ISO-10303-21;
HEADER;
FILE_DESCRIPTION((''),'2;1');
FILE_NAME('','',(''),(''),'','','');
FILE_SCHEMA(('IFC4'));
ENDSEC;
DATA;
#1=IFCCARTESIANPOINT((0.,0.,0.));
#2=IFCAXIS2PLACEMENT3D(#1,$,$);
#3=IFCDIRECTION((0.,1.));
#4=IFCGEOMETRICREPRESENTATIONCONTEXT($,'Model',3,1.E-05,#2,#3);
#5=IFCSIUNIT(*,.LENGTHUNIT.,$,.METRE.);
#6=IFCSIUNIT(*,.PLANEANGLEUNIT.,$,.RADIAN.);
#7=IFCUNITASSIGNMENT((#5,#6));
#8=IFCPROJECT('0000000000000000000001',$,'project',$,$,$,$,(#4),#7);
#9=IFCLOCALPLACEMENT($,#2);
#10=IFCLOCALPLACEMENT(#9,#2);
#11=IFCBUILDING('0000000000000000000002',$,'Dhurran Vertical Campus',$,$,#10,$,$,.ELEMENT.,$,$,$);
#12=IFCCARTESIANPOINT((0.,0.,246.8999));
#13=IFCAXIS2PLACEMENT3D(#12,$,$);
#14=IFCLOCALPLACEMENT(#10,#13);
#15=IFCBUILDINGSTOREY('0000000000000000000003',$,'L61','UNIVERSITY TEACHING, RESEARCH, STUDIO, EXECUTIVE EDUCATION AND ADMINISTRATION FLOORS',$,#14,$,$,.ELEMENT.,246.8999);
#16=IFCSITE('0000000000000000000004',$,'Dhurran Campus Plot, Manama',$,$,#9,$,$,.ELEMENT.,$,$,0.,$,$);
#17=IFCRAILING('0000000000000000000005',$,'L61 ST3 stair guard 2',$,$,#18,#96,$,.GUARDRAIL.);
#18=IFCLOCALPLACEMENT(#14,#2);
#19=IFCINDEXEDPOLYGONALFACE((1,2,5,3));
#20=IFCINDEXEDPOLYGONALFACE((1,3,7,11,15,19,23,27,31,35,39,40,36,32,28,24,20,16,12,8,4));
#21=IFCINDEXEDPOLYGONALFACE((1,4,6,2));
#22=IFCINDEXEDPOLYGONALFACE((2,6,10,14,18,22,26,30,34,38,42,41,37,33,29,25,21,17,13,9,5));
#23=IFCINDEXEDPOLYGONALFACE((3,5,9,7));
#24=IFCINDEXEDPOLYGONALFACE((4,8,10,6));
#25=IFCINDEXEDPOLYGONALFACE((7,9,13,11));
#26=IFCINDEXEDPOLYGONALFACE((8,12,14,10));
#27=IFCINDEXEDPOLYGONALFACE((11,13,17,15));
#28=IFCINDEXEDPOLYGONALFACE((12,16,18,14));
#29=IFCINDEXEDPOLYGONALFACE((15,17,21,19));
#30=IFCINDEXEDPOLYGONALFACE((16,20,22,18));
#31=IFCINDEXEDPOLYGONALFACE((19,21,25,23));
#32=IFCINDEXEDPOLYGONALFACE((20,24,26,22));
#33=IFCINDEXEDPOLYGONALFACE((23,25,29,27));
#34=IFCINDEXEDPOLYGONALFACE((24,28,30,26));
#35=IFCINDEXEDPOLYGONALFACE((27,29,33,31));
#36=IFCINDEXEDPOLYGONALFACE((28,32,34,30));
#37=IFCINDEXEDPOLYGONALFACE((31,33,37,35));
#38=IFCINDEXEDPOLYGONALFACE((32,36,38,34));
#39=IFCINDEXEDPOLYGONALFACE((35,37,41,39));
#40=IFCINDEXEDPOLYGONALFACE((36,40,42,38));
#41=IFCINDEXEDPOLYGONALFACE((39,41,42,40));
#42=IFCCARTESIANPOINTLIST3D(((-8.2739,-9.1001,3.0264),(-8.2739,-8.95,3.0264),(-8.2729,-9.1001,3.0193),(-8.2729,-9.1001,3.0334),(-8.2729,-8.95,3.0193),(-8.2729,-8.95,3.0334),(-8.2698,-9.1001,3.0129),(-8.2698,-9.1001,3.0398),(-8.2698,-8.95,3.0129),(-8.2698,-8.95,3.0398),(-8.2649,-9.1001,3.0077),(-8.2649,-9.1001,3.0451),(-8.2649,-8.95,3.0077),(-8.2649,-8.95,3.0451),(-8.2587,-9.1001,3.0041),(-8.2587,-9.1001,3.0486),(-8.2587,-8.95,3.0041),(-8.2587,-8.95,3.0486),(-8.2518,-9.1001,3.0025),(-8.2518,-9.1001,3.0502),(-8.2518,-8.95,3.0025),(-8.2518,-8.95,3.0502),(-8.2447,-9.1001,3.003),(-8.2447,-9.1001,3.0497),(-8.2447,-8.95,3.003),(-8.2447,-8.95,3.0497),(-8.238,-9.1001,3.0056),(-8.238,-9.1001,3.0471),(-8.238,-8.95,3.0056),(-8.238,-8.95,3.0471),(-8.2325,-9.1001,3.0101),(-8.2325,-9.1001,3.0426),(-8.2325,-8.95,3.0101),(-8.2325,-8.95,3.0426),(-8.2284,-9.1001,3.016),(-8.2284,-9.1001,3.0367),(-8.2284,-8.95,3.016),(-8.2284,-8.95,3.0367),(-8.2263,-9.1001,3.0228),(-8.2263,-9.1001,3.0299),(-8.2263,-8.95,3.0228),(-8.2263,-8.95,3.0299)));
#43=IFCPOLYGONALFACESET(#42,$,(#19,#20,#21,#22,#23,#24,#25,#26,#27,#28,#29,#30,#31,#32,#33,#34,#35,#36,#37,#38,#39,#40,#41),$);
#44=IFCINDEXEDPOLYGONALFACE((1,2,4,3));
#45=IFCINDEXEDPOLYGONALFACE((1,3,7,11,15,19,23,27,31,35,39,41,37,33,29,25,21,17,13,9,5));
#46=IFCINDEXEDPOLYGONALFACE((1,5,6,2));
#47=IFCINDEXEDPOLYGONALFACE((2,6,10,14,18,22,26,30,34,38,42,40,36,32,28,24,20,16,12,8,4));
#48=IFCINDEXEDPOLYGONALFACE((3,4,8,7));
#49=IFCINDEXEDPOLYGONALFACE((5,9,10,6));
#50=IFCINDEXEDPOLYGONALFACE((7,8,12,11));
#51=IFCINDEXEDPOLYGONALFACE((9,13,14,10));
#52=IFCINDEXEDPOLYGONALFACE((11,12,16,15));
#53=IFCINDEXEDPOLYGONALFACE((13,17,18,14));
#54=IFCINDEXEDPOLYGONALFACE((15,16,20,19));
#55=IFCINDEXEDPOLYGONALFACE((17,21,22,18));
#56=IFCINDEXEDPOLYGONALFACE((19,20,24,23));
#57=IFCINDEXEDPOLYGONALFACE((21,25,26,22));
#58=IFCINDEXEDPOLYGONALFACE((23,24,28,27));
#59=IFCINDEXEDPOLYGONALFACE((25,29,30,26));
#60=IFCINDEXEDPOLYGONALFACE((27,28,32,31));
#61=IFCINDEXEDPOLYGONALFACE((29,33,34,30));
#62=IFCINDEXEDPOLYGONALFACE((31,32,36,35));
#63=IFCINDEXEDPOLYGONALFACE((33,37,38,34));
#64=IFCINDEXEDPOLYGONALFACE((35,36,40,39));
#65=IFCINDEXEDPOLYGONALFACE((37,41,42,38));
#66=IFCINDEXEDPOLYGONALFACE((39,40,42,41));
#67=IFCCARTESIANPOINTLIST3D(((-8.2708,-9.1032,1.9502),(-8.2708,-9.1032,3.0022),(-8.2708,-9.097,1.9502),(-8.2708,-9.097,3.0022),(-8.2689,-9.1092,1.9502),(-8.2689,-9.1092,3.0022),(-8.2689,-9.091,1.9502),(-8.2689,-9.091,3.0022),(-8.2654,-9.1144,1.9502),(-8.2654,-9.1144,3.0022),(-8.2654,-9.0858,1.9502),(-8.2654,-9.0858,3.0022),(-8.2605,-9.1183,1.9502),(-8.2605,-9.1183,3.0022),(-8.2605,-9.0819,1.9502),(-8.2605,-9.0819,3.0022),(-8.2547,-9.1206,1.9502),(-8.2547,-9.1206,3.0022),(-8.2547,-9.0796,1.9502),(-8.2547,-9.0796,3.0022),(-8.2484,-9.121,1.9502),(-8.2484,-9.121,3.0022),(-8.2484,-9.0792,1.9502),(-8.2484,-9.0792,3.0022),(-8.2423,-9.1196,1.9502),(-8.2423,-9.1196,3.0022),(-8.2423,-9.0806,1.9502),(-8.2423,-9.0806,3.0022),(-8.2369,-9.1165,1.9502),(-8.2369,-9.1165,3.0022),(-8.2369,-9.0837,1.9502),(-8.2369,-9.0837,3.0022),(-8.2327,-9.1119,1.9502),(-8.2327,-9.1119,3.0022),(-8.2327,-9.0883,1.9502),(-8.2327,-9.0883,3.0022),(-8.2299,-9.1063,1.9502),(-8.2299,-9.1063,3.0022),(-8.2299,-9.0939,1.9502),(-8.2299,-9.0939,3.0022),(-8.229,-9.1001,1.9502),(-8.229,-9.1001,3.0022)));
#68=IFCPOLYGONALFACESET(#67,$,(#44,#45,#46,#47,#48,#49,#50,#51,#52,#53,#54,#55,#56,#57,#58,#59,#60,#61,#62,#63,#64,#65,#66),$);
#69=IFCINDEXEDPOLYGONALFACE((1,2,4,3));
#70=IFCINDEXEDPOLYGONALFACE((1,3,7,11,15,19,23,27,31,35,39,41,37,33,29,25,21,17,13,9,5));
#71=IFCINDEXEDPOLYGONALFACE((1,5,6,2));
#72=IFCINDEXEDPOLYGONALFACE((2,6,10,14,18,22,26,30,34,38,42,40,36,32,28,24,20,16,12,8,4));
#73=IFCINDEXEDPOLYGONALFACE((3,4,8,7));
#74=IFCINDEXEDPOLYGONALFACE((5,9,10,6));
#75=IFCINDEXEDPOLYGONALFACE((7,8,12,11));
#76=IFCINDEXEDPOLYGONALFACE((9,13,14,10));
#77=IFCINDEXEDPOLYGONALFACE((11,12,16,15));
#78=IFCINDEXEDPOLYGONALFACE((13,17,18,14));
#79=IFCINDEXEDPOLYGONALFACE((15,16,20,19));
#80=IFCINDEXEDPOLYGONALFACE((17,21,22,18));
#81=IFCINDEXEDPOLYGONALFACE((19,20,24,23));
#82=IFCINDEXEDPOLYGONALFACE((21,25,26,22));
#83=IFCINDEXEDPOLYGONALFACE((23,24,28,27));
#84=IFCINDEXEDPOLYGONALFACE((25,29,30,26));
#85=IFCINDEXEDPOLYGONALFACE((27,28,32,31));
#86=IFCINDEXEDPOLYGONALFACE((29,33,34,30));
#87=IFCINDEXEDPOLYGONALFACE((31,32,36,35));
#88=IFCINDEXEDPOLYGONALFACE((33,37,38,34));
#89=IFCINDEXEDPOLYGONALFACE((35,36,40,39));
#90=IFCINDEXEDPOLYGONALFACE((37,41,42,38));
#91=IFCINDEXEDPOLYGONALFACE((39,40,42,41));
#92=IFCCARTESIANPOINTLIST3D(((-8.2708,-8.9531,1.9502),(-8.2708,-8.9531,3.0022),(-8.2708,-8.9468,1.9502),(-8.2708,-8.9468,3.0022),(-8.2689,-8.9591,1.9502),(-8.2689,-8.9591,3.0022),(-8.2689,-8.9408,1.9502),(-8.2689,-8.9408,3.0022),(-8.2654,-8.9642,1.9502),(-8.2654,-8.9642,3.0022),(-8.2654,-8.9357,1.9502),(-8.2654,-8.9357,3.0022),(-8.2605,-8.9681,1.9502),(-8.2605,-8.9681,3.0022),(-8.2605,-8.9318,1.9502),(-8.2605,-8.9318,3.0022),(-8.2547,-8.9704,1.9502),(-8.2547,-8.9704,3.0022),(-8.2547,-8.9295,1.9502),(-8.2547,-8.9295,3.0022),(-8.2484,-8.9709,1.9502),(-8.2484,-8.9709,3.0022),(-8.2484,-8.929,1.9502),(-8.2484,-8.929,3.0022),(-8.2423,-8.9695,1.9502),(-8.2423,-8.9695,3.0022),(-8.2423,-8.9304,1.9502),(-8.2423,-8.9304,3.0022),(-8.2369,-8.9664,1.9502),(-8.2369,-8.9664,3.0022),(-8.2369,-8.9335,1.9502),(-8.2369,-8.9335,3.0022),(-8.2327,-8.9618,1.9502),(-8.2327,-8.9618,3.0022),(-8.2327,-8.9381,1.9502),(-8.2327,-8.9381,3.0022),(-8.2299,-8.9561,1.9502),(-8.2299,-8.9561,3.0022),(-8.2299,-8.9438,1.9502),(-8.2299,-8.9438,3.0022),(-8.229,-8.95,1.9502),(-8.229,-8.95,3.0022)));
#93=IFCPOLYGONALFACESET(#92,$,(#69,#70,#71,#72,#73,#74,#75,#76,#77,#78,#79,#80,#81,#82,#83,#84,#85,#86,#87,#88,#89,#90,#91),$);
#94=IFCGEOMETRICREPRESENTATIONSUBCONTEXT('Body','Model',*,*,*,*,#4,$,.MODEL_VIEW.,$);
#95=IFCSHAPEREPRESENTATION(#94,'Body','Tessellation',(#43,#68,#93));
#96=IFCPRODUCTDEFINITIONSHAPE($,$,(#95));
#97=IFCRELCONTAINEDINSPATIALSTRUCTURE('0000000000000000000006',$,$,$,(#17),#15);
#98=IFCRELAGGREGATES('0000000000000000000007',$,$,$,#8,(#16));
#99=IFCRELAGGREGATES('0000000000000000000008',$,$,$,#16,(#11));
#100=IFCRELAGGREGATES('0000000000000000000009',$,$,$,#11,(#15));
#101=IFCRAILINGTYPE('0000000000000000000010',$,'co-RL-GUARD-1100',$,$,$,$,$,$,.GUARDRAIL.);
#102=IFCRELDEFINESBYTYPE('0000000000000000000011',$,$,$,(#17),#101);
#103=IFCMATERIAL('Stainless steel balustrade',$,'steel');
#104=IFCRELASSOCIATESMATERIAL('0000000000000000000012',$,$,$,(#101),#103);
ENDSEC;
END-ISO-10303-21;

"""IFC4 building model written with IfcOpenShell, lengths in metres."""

from ifc_helpers import new_model, si_unit, direction, frame, origin, origin_2d, place, context, subcontext, project, spatial, circle, extrude, material, type_object, element, save


model = new_model("IFC4")

# Units and contexts
model_context = context("Model", 3, precision=1e-05, world=origin(), true_north=direction((0.0, 1.0)))
body_context = subcontext(model_context, "Body", "Model", "MODEL_VIEW")
ifc_project = project(units=[si_unit("LENGTHUNIT", "METRE"), si_unit("PLANEANGLEUNIT", "RADIAN")], contexts=[model_context])

# Site, building, storey
site_placement = place(None, origin())
site = spatial("IfcSite", under=ifc_project, at=site_placement, Name="Dhurran Campus Plot, Manama", CompositionType="ELEMENT", RefElevation=0.0)
building_placement = place(site_placement, origin())
building = spatial("IfcBuilding", under=site, at=building_placement, Name="Dhurran Vertical Campus", CompositionType="ELEMENT")
storey_placement = place(building_placement, frame((0.0, 0.0, 246.8999)))
storey = spatial("IfcBuildingStorey", under=building, at=storey_placement, Name="L61", Description="UNIVERSITY TEACHING, RESEARCH, STUDIO, EXECUTIVE EDUCATION AND ADMINISTRATION FLOORS", CompositionType="ELEMENT", Elevation=246.8999)

# Railing
ifc_material_1 = material(Name="Stainless steel balustrade", Category="steel")
railing_type_1 = type_object("IfcRailingType", Name="co-RL-GUARD-1100", PredefinedType="GUARDRAIL", material=ifc_material_1)
railing_1_placement = place(storey_placement, frame((-8.25, -9.1001, 1.9502)))
element("IfcRailing", 1, at=railing_1_placement, inside=storey, type_object=railing_type_1, Name="L61 ST3 stair guard 2", PredefinedType="GUARDRAIL", context=body_context, shape_type="SweptSolid", body=[
    extrude(circle(Radius=0.0239, at=origin_2d()), frame((0.0, 0.0, 1.0762), z_axis=(0.0, 1.0, 0.0), x_axis=(-1.0, 0.0, 0.0)), (0.0, 0.0, 1.0), 0.1501),
    extrude(circle(Radius=0.021, at=origin_2d()), origin(), (0.0, 0.0, 1.0), 1.052),
    extrude(circle(Radius=0.021, at=origin_2d()), frame((0.0, 0.1501, 0.0)), (0.0, 0.0, 1.0), 1.052),
])

save(model, "model.ifc")
